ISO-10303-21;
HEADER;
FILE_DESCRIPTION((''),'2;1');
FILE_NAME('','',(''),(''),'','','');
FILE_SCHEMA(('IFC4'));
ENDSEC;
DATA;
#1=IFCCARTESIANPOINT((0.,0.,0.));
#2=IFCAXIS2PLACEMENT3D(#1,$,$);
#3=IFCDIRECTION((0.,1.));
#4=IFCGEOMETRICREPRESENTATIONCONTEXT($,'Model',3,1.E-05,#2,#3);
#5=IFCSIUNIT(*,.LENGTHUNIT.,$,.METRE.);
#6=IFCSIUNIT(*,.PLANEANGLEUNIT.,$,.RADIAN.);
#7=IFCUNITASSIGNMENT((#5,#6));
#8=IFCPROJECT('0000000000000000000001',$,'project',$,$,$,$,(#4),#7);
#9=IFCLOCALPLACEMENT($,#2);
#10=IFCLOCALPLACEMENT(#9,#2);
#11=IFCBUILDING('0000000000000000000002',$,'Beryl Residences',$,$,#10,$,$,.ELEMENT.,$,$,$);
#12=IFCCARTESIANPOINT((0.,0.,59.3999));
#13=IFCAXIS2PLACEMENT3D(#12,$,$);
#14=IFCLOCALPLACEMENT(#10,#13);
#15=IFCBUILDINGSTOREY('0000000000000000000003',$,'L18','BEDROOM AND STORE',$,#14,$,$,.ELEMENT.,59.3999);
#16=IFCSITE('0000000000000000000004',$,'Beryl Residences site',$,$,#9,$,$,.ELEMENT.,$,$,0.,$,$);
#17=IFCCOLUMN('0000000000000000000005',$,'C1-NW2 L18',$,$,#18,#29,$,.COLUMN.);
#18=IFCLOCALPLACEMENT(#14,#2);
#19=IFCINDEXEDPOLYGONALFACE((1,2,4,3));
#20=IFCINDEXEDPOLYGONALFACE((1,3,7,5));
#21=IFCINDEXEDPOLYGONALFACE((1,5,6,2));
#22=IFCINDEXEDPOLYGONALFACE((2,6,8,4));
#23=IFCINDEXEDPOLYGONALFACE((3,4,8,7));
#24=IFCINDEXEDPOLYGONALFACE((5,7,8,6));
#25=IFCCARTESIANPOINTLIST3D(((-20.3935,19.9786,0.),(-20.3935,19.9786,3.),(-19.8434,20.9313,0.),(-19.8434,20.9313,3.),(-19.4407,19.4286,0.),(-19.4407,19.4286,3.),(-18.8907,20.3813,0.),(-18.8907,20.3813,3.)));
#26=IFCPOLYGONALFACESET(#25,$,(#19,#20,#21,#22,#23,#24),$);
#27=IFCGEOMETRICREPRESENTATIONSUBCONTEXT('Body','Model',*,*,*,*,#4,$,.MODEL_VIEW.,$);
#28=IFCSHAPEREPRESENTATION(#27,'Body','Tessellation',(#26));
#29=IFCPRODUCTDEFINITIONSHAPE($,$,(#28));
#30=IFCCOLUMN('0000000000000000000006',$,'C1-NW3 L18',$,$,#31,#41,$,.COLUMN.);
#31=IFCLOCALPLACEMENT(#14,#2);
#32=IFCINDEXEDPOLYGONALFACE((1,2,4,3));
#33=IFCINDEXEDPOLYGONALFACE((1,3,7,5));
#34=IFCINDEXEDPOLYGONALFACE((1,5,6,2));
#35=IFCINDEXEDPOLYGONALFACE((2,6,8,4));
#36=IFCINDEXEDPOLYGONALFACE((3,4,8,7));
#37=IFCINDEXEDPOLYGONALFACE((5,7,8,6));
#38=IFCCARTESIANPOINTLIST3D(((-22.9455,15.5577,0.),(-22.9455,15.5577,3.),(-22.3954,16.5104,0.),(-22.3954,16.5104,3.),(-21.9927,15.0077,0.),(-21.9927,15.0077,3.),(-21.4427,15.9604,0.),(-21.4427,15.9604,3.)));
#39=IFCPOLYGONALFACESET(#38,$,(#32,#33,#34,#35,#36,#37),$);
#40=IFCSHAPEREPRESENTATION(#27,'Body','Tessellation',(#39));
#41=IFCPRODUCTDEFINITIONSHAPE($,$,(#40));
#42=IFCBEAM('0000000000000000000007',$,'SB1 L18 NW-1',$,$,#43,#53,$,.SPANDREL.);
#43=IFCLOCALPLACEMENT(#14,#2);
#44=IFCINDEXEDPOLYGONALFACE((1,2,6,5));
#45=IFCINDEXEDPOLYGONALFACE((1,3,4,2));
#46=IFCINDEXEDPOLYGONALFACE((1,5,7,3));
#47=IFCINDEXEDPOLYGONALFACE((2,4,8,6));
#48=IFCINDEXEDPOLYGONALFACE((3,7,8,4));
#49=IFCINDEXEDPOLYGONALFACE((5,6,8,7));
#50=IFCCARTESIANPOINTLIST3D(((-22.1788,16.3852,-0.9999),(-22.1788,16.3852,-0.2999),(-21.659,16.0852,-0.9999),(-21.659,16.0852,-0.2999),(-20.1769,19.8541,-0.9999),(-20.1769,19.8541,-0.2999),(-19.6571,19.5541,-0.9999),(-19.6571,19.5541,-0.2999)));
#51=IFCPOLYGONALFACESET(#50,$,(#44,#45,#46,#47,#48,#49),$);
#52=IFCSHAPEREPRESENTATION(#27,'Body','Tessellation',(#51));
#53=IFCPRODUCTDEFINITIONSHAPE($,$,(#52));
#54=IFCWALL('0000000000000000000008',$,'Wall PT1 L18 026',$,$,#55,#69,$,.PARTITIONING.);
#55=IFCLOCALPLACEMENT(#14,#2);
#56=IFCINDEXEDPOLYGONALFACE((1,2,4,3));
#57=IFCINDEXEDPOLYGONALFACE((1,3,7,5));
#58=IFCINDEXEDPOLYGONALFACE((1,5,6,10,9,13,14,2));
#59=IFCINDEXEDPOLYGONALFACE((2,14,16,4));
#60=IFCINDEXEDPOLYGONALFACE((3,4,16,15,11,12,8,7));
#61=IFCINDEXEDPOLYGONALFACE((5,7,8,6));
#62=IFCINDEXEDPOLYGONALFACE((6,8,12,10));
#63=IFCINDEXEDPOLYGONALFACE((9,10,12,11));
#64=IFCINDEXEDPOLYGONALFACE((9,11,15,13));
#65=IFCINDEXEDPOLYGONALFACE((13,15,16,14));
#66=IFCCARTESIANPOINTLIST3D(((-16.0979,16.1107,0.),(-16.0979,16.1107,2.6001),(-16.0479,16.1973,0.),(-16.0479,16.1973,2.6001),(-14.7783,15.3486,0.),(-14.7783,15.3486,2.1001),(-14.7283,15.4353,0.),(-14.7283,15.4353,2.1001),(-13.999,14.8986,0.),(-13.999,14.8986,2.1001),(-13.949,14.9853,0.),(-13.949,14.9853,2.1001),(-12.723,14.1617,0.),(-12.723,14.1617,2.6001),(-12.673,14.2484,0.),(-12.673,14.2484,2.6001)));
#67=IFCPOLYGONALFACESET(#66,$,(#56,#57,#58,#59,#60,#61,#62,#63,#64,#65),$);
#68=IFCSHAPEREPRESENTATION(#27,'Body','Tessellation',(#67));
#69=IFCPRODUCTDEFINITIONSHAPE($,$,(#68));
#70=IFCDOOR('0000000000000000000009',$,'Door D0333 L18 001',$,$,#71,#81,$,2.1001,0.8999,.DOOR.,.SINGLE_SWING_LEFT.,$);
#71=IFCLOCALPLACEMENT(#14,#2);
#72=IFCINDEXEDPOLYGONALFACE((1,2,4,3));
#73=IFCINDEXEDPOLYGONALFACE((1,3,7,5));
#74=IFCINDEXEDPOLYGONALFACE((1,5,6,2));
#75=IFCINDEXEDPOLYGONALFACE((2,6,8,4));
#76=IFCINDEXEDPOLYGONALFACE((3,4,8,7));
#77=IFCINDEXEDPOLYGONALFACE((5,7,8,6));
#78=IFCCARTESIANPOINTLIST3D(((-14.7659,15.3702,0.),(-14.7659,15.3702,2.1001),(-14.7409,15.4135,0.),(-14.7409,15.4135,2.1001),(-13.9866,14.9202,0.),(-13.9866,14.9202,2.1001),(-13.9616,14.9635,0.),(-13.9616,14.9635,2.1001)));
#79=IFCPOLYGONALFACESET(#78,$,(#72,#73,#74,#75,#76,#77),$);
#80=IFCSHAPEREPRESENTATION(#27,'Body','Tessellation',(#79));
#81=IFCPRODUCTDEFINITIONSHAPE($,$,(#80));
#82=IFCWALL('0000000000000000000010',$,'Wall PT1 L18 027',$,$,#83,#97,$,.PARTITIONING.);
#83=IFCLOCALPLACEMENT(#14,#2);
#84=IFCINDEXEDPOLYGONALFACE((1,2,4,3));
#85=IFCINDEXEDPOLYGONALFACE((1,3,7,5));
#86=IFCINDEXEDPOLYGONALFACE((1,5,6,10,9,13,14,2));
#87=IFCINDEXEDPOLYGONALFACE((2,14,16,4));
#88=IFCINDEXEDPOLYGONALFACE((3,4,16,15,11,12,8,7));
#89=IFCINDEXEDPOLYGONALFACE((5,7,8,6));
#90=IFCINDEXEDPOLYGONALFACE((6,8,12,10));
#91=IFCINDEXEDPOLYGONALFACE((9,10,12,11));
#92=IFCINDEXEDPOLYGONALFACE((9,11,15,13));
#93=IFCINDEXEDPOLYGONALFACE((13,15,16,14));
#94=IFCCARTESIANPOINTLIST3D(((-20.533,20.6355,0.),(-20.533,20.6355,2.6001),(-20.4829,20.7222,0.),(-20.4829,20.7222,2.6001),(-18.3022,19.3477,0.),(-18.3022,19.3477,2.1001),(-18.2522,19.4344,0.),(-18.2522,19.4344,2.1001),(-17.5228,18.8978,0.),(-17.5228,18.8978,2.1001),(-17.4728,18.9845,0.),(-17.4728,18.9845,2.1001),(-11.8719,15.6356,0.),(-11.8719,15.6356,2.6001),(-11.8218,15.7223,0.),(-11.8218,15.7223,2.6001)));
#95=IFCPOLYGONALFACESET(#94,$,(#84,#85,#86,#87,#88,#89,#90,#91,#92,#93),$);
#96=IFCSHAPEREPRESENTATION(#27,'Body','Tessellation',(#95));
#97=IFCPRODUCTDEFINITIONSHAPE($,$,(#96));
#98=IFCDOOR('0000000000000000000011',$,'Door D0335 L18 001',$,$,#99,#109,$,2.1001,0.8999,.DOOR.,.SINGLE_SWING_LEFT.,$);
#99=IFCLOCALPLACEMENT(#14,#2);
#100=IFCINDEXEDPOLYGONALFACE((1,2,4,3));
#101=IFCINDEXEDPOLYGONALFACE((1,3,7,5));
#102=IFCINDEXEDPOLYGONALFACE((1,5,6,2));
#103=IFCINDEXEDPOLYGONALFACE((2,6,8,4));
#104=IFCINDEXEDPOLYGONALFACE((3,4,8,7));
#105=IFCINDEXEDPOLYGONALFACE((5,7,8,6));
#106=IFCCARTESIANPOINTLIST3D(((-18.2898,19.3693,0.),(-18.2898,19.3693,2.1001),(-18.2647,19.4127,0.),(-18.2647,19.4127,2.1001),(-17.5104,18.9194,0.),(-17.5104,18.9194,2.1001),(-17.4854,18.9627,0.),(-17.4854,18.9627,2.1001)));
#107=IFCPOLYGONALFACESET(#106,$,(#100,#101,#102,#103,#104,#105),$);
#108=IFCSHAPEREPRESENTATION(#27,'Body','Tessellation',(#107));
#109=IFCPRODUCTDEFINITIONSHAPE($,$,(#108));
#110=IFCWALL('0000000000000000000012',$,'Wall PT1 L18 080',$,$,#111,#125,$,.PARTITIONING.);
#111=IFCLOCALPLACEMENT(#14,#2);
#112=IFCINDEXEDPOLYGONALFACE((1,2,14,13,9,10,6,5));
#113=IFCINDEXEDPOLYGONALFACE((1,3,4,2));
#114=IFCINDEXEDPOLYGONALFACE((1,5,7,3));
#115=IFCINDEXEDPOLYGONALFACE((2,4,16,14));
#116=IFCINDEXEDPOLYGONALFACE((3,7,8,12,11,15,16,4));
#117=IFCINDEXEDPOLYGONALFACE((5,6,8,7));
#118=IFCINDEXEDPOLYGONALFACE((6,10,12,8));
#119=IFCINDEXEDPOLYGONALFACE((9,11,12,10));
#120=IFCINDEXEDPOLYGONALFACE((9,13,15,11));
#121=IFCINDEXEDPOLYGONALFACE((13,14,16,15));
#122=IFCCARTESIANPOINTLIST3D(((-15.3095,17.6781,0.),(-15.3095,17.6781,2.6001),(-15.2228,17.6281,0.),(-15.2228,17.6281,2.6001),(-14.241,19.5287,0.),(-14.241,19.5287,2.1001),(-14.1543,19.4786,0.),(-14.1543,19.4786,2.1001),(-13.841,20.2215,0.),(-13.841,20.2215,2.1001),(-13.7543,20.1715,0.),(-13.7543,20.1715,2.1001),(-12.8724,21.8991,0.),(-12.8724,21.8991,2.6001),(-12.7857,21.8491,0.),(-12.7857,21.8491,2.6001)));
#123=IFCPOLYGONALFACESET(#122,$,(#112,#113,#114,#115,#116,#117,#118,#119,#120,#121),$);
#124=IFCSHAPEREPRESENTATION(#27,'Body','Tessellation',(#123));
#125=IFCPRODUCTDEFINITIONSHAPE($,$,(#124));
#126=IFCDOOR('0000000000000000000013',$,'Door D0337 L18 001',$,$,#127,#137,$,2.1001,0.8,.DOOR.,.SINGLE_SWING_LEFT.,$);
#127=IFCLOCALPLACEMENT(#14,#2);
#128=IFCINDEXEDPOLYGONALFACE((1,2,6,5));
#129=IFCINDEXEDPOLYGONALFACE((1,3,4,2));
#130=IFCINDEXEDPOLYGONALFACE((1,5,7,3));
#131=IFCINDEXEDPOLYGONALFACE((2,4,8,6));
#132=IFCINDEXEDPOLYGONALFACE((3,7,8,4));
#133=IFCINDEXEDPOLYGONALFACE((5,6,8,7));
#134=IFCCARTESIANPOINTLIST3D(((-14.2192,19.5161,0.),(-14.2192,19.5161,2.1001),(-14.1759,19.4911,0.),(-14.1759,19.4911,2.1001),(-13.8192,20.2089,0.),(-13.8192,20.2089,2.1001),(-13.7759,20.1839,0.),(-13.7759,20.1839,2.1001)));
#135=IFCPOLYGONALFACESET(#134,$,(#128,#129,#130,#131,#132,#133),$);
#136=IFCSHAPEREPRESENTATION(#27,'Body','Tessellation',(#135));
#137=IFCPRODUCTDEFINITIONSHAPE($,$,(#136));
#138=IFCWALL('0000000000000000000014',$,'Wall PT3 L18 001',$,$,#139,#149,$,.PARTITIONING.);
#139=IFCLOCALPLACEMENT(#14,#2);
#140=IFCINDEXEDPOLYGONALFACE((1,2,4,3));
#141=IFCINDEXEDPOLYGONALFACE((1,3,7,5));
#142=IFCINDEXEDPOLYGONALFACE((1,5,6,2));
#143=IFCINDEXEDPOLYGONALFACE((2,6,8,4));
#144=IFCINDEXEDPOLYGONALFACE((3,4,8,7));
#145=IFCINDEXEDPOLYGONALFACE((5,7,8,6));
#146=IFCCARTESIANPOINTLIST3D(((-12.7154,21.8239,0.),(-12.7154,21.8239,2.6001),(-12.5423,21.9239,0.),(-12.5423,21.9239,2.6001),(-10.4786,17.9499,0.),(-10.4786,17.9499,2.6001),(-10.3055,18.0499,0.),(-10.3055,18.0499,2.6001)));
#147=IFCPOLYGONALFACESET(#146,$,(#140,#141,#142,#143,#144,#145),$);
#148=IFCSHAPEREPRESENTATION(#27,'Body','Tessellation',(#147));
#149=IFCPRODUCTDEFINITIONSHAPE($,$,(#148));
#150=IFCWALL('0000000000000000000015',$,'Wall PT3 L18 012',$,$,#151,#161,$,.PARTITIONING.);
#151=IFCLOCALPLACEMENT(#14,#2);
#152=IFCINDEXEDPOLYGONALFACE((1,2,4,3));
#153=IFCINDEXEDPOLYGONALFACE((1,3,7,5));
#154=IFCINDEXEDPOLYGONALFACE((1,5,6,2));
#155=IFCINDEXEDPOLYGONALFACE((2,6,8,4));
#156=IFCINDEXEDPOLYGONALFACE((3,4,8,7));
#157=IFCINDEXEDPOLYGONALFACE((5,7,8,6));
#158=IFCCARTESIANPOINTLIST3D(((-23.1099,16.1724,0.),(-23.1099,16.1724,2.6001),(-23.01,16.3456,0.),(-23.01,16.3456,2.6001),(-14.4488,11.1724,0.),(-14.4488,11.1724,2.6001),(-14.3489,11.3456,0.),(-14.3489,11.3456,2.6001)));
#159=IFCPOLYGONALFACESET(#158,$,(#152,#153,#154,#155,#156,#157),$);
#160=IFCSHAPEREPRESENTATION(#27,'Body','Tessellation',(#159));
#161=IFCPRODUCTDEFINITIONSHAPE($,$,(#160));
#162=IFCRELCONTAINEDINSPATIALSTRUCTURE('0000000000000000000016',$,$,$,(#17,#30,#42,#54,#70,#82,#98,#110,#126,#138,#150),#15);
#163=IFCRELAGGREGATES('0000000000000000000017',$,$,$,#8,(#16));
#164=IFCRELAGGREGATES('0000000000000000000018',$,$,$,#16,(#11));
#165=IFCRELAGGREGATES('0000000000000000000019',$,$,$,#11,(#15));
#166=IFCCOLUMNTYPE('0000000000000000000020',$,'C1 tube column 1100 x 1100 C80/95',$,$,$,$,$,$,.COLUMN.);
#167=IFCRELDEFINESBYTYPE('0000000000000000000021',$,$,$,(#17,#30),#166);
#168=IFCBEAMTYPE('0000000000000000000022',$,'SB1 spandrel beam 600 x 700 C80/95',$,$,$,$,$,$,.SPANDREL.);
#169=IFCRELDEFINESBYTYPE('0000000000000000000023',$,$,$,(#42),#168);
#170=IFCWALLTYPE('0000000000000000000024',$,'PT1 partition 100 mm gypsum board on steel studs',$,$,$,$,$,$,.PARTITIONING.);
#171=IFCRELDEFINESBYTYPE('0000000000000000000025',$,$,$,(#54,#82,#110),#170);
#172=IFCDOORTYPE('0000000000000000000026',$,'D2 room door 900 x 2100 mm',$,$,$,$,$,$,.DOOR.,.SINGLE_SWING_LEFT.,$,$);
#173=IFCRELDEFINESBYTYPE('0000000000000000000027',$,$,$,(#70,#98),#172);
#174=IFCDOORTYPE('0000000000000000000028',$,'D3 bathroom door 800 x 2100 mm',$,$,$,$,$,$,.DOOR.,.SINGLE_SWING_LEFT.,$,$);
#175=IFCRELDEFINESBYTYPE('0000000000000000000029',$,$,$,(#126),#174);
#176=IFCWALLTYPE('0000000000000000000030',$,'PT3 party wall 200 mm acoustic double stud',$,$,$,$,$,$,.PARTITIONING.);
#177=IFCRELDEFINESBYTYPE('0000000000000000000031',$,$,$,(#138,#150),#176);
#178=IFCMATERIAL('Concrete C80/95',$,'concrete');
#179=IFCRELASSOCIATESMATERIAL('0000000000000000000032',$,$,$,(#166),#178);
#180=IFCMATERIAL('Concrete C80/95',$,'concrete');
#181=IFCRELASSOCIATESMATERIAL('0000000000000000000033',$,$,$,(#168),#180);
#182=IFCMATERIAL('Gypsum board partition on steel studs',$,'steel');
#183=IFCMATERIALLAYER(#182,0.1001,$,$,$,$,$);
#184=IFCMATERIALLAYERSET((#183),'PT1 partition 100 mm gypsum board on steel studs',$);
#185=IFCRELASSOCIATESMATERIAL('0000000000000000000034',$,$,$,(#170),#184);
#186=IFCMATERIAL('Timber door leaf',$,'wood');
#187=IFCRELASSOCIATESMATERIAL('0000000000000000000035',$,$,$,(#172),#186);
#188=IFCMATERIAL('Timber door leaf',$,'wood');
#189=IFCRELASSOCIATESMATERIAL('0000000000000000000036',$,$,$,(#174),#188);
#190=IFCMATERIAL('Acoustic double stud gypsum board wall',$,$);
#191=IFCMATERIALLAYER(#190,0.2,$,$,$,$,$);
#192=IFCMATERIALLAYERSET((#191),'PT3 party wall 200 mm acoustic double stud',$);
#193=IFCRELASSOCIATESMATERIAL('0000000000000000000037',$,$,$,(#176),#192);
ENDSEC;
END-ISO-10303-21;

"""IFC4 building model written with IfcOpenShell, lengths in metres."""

from ifc_helpers import new_model, si_unit, direction, frame, frame_2d, origin, origin_2d, place, context, subcontext, project, spatial, rectangle, extrude, material, layer, layer_set, material_profile, profile_set, type_object, element, fill, save


model = new_model("IFC4")

# Units and contexts
model_context = context("Model", 3, precision=1e-05, world=origin(), true_north=direction((0.0, 1.0)))
body_context = subcontext(model_context, "Body", "Model", "MODEL_VIEW")
ifc_project = project(units=[si_unit("LENGTHUNIT", "METRE"), si_unit("PLANEANGLEUNIT", "RADIAN")], contexts=[model_context])

# Site, building, storey
site_placement = place(None, origin())
site = spatial("IfcSite", under=ifc_project, at=site_placement, Name="Beryl Residences site", CompositionType="ELEMENT", RefElevation=0.0)
building_placement = place(site_placement, origin())
building = spatial("IfcBuilding", under=site, at=building_placement, Name="Beryl Residences", CompositionType="ELEMENT")
storey_placement = place(building_placement, frame((0.0, 0.0, 59.3999)))
storey = spatial("IfcBuildingStorey", under=building, at=storey_placement, Name="L18", Description="BEDROOM AND STORE", CompositionType="ELEMENT", Elevation=59.3999)

# Columns
ifc_material_1 = material(Name="Concrete C80/95", Category="concrete")
ifc_material_profile_1 = material_profile(ifc_material_1, rectangle(XDim=1.1001, YDim=1.1001, at=origin_2d()))
ifc_profile_set_1 = profile_set([ifc_material_profile_1], Name="Concrete C80/95")
column_type = type_object("IfcColumnType", Name="C1 tube column 1100 x 1100 C80/95", PredefinedType="COLUMN", material=ifc_profile_set_1)
for number, where, z_axis, x_axis, name in (
    (1, (-19.6421, 20.1799, 0.0), (0.0, 0.0, 1.0), (-0.499985, -0.866034, 0.0), "C1-NW2 L18"),
    (2, (-22.1941, 15.759, 0.0), (0.0, 0.0, 1.0), (-0.499985, -0.866034, 0.0), "C1-NW3 L18"),
):
    element("IfcColumn", number, at=place(storey_placement, frame(where, z_axis=z_axis, x_axis=x_axis)), inside=storey, type_object=column_type, Name=name, PredefinedType="COLUMN", context=body_context, shape_type="SweptSolid", body=[
        extrude(rectangle(XDim=1.1001, YDim=1.1001, at=origin_2d()), origin(), (0.0, 0.0, 1.0), 3.0),
    ])

# Beam
ifc_material_2 = material(Name="Concrete C80/95", Category="concrete")
ifc_material_profile_2 = material_profile(ifc_material_2, rectangle(XDim=0.6001, YDim=0.7, at=origin_2d()))
ifc_profile_set_2 = profile_set([ifc_material_profile_2], Name="Concrete C80/95")
beam_type = type_object("IfcBeamType", Name="SB1 spandrel beam 600 x 700 C80/95", PredefinedType="SPANDREL", material=ifc_profile_set_2)
beam_placement = place(storey_placement, frame((-19.917, 19.7041, -0.6499), z_axis=(-0.499837, -0.86612, 0.0), x_axis=(0.86612, -0.499837, 0.0)))
element("IfcBeam", 3, at=beam_placement, inside=storey, type_object=beam_type, Name="SB1 L18 NW-1", PredefinedType="SPANDREL", context=body_context, shape_type="SweptSolid", body=[
    extrude(rectangle(XDim=0.6001, YDim=0.7, at=origin_2d()), origin(), (0.0, 0.0, 1.0), 4.0051),
])

# Walls, openings, doors
ifc_material_3 = material(Name="Gypsum board partition on steel studs", Category="steel")
ifc_layer_1 = layer(ifc_material_3, 0.1001)
ifc_layer_set_1 = layer_set([ifc_layer_1], Name="PT1 partition 100 mm gypsum board on steel studs")
wall_type_1 = type_object("IfcWallType", Name="PT1 partition 100 mm gypsum board on steel studs", PredefinedType="PARTITIONING", material=ifc_layer_set_1)
wall_1_placement = place(storey_placement, frame((-16.073, 16.1541, 0.0), z_axis=(0.0, 0.0, 1.0), x_axis=(0.865979, -0.50008, 0.0)))
wall_1 = element("IfcWall", 4, at=wall_1_placement, inside=storey, type_object=wall_type_1, Name="Wall PT1 L18 026", PredefinedType="PARTITIONING", context=body_context, shape_type="SweptSolid", body=[
    extrude(rectangle(XDim=3.8972, YDim=0.1001, at=frame_2d((1.9487, 0.0))), origin(), (0.0, 0.0, 1.0), 2.6001),
])
opening_1_placement = place(wall_1_placement, frame((1.5239, 0.0, 0.0)))
opening_1 = element("IfcOpeningElement", 5, at=opening_1_placement, cuts=wall_1, PredefinedType="OPENING", context=body_context, shape_type="SweptSolid", body=[
    extrude(rectangle(XDim=0.8999, YDim=2.1001, at=frame_2d((0.45, 1.05))), frame((0.0, 0.0601, 0.0), z_axis=(0.0, -1.0, 0.0), x_axis=(1.0, 0.0, 0.0)), (0.0, 0.0, 1.0), 0.1201),
])
ifc_material_4 = material(Name="Timber door leaf", Category="wood")
door_type_1 = type_object("IfcDoorType", Name="D2 room door 900 x 2100 mm", OperationType="SINGLE_SWING_LEFT", PredefinedType="DOOR", material=ifc_material_4)
door_1_placement = place(opening_1_placement, origin())
door_1 = element("IfcDoor", 6, at=door_1_placement, inside=storey, type_object=door_type_1, Name="Door D0333 L18 001", OperationType="SINGLE_SWING_LEFT", OverallHeight=2.1001, OverallWidth=0.8999, PredefinedType="DOOR", context=body_context, shape_type="SweptSolid", body=[
    extrude(rectangle(XDim=0.8999, YDim=2.1001, at=frame_2d((0.45, 1.05))), frame((0.0, 0.0249, 0.0), z_axis=(0.0, -1.0, 0.0), x_axis=(1.0, 0.0, 0.0)), (0.0, 0.0, 1.0), 0.05),
])
fill(opening_1, door_1)
wall_2_placement = place(storey_placement, frame((-20.5081, 20.679, 0.0), z_axis=(0.0, 0.0, 1.0), x_axis=(0.866047, -0.499962, 0.0)))
wall_2 = element("IfcWall", 7, at=wall_2_placement, inside=storey, type_object=wall_type_1, Name="Wall PT1 L18 027", PredefinedType="PARTITIONING", context=body_context, shape_type="SweptSolid", body=[
    extrude(rectangle(XDim=10.0007, YDim=0.1001, at=frame_2d((5.0005, 0.0))), origin(), (0.0, 0.0, 1.0), 2.6001),
])
opening_2_placement = place(wall_2_placement, frame((2.5759, 0.0, 0.0)))
opening_2 = element("IfcOpeningElement", 8, at=opening_2_placement, cuts=wall_2, PredefinedType="OPENING", context=body_context, shape_type="SweptSolid", body=[
    extrude(rectangle(XDim=0.8999, YDim=2.1001, at=frame_2d((0.45, 1.05))), frame((0.0, 0.0601, 0.0), z_axis=(0.0, -1.0, 0.0), x_axis=(1.0, 0.0, 0.0)), (0.0, 0.0, 1.0), 0.1201),
])
door_2_placement = place(opening_2_placement, origin())
door_2 = element("IfcDoor", 9, at=door_2_placement, inside=storey, type_object=door_type_1, Name="Door D0335 L18 001", OperationType="SINGLE_SWING_LEFT", OverallHeight=2.1001, OverallWidth=0.8999, PredefinedType="DOOR", context=body_context, shape_type="SweptSolid", body=[
    extrude(rectangle(XDim=0.8999, YDim=2.1001, at=frame_2d((0.45, 1.05))), frame((0.0, 0.0249, 0.0), z_axis=(0.0, -1.0, 0.0), x_axis=(1.0, 0.0, 0.0)), (0.0, 0.0, 1.0), 0.05),
])
fill(opening_2, door_2)
wall_3_placement = place(storey_placement, frame((-15.2661, 17.6531, 0.0), z_axis=(0.0, 0.0, 1.0), x_axis=(0.500007, 0.866021, 0.0)))
wall_3 = element("IfcWall", 10, at=wall_3_placement, inside=storey, type_object=wall_type_1, Name="Wall PT1 L18 080", PredefinedType="PARTITIONING", context=body_context, shape_type="SweptSolid", body=[
    extrude(rectangle(XDim=4.874, YDim=0.1001, at=frame_2d((2.437, 0.0))), origin(), (0.0, 0.0, 1.0), 2.6001),
])
opening_3_placement = place(wall_3_placement, frame((2.137, 0.0, 0.0)))
opening_3 = element("IfcOpeningElement", 11, at=opening_3_placement, cuts=wall_3, PredefinedType="OPENING", context=body_context, shape_type="SweptSolid", body=[
    extrude(rectangle(XDim=0.8, YDim=2.1001, at=frame_2d((0.3999, 1.05))), frame((0.0, 0.0601, 0.0), z_axis=(0.0, -1.0, 0.0), x_axis=(1.0, 0.0, 0.0)), (0.0, 0.0, 1.0), 0.1201),
])
ifc_material_5 = material(Name="Timber door leaf", Category="wood")
door_type_2 = type_object("IfcDoorType", Name="D3 bathroom door 800 x 2100 mm", OperationType="SINGLE_SWING_LEFT", PredefinedType="DOOR", material=ifc_material_5)
door_3_placement = place(opening_3_placement, origin())
door_3 = element("IfcDoor", 12, at=door_3_placement, inside=storey, type_object=door_type_2, Name="Door D0337 L18 001", OperationType="SINGLE_SWING_LEFT", OverallHeight=2.1001, OverallWidth=0.8, PredefinedType="DOOR", context=body_context, shape_type="SweptSolid", body=[
    extrude(rectangle(XDim=0.8, YDim=2.1001, at=frame_2d((0.3999, 1.05))), frame((0.0, 0.0249, 0.0), z_axis=(0.0, -1.0, 0.0), x_axis=(1.0, 0.0, 0.0)), (0.0, 0.0, 1.0), 0.05),
])
fill(opening_3, door_3)

# Walls
ifc_material_6 = material(Name="Acoustic double stud gypsum board wall")
ifc_layer_2 = layer(ifc_material_6, 0.2)
ifc_layer_set_2 = layer_set([ifc_layer_2], Name="PT3 party wall 200 mm acoustic double stud")
wall_type_2 = type_object("IfcWallType", Name="PT3 party wall 200 mm acoustic double stud", PredefinedType="PARTITIONING", material=ifc_layer_set_2)
wall_4_placement = place(storey_placement, frame((-12.6289, 21.874, 0.0), z_axis=(0.0, 0.0, 1.0), x_axis=(0.500025, -0.866011, 0.0)))
element("IfcWall", 13, at=wall_4_placement, inside=storey, type_object=wall_type_2, Name="Wall PT3 L18 001", PredefinedType="PARTITIONING", context=body_context, shape_type="SweptSolid", body=[
    extrude(rectangle(XDim=4.4734, YDim=0.2, at=frame_2d((2.2368, 0.0))), origin(), (0.0, 0.0, 1.0), 2.6001),
])
wall_5_placement = place(storey_placement, frame((-23.0601, 16.259, 0.0), z_axis=(0.0, 0.0, 1.0), x_axis=(0.866047, -0.499962, 0.0)))
element("IfcWall", 14, at=wall_5_placement, inside=storey, type_object=wall_type_2, Name="Wall PT3 L18 012", PredefinedType="PARTITIONING", context=body_context, shape_type="SweptSolid", body=[
    extrude(rectangle(XDim=10.0007, YDim=0.2, at=frame_2d((5.0005, 0.0))), origin(), (0.0, 0.0, 1.0), 2.6001),
])

save(model, "model.ifc")
